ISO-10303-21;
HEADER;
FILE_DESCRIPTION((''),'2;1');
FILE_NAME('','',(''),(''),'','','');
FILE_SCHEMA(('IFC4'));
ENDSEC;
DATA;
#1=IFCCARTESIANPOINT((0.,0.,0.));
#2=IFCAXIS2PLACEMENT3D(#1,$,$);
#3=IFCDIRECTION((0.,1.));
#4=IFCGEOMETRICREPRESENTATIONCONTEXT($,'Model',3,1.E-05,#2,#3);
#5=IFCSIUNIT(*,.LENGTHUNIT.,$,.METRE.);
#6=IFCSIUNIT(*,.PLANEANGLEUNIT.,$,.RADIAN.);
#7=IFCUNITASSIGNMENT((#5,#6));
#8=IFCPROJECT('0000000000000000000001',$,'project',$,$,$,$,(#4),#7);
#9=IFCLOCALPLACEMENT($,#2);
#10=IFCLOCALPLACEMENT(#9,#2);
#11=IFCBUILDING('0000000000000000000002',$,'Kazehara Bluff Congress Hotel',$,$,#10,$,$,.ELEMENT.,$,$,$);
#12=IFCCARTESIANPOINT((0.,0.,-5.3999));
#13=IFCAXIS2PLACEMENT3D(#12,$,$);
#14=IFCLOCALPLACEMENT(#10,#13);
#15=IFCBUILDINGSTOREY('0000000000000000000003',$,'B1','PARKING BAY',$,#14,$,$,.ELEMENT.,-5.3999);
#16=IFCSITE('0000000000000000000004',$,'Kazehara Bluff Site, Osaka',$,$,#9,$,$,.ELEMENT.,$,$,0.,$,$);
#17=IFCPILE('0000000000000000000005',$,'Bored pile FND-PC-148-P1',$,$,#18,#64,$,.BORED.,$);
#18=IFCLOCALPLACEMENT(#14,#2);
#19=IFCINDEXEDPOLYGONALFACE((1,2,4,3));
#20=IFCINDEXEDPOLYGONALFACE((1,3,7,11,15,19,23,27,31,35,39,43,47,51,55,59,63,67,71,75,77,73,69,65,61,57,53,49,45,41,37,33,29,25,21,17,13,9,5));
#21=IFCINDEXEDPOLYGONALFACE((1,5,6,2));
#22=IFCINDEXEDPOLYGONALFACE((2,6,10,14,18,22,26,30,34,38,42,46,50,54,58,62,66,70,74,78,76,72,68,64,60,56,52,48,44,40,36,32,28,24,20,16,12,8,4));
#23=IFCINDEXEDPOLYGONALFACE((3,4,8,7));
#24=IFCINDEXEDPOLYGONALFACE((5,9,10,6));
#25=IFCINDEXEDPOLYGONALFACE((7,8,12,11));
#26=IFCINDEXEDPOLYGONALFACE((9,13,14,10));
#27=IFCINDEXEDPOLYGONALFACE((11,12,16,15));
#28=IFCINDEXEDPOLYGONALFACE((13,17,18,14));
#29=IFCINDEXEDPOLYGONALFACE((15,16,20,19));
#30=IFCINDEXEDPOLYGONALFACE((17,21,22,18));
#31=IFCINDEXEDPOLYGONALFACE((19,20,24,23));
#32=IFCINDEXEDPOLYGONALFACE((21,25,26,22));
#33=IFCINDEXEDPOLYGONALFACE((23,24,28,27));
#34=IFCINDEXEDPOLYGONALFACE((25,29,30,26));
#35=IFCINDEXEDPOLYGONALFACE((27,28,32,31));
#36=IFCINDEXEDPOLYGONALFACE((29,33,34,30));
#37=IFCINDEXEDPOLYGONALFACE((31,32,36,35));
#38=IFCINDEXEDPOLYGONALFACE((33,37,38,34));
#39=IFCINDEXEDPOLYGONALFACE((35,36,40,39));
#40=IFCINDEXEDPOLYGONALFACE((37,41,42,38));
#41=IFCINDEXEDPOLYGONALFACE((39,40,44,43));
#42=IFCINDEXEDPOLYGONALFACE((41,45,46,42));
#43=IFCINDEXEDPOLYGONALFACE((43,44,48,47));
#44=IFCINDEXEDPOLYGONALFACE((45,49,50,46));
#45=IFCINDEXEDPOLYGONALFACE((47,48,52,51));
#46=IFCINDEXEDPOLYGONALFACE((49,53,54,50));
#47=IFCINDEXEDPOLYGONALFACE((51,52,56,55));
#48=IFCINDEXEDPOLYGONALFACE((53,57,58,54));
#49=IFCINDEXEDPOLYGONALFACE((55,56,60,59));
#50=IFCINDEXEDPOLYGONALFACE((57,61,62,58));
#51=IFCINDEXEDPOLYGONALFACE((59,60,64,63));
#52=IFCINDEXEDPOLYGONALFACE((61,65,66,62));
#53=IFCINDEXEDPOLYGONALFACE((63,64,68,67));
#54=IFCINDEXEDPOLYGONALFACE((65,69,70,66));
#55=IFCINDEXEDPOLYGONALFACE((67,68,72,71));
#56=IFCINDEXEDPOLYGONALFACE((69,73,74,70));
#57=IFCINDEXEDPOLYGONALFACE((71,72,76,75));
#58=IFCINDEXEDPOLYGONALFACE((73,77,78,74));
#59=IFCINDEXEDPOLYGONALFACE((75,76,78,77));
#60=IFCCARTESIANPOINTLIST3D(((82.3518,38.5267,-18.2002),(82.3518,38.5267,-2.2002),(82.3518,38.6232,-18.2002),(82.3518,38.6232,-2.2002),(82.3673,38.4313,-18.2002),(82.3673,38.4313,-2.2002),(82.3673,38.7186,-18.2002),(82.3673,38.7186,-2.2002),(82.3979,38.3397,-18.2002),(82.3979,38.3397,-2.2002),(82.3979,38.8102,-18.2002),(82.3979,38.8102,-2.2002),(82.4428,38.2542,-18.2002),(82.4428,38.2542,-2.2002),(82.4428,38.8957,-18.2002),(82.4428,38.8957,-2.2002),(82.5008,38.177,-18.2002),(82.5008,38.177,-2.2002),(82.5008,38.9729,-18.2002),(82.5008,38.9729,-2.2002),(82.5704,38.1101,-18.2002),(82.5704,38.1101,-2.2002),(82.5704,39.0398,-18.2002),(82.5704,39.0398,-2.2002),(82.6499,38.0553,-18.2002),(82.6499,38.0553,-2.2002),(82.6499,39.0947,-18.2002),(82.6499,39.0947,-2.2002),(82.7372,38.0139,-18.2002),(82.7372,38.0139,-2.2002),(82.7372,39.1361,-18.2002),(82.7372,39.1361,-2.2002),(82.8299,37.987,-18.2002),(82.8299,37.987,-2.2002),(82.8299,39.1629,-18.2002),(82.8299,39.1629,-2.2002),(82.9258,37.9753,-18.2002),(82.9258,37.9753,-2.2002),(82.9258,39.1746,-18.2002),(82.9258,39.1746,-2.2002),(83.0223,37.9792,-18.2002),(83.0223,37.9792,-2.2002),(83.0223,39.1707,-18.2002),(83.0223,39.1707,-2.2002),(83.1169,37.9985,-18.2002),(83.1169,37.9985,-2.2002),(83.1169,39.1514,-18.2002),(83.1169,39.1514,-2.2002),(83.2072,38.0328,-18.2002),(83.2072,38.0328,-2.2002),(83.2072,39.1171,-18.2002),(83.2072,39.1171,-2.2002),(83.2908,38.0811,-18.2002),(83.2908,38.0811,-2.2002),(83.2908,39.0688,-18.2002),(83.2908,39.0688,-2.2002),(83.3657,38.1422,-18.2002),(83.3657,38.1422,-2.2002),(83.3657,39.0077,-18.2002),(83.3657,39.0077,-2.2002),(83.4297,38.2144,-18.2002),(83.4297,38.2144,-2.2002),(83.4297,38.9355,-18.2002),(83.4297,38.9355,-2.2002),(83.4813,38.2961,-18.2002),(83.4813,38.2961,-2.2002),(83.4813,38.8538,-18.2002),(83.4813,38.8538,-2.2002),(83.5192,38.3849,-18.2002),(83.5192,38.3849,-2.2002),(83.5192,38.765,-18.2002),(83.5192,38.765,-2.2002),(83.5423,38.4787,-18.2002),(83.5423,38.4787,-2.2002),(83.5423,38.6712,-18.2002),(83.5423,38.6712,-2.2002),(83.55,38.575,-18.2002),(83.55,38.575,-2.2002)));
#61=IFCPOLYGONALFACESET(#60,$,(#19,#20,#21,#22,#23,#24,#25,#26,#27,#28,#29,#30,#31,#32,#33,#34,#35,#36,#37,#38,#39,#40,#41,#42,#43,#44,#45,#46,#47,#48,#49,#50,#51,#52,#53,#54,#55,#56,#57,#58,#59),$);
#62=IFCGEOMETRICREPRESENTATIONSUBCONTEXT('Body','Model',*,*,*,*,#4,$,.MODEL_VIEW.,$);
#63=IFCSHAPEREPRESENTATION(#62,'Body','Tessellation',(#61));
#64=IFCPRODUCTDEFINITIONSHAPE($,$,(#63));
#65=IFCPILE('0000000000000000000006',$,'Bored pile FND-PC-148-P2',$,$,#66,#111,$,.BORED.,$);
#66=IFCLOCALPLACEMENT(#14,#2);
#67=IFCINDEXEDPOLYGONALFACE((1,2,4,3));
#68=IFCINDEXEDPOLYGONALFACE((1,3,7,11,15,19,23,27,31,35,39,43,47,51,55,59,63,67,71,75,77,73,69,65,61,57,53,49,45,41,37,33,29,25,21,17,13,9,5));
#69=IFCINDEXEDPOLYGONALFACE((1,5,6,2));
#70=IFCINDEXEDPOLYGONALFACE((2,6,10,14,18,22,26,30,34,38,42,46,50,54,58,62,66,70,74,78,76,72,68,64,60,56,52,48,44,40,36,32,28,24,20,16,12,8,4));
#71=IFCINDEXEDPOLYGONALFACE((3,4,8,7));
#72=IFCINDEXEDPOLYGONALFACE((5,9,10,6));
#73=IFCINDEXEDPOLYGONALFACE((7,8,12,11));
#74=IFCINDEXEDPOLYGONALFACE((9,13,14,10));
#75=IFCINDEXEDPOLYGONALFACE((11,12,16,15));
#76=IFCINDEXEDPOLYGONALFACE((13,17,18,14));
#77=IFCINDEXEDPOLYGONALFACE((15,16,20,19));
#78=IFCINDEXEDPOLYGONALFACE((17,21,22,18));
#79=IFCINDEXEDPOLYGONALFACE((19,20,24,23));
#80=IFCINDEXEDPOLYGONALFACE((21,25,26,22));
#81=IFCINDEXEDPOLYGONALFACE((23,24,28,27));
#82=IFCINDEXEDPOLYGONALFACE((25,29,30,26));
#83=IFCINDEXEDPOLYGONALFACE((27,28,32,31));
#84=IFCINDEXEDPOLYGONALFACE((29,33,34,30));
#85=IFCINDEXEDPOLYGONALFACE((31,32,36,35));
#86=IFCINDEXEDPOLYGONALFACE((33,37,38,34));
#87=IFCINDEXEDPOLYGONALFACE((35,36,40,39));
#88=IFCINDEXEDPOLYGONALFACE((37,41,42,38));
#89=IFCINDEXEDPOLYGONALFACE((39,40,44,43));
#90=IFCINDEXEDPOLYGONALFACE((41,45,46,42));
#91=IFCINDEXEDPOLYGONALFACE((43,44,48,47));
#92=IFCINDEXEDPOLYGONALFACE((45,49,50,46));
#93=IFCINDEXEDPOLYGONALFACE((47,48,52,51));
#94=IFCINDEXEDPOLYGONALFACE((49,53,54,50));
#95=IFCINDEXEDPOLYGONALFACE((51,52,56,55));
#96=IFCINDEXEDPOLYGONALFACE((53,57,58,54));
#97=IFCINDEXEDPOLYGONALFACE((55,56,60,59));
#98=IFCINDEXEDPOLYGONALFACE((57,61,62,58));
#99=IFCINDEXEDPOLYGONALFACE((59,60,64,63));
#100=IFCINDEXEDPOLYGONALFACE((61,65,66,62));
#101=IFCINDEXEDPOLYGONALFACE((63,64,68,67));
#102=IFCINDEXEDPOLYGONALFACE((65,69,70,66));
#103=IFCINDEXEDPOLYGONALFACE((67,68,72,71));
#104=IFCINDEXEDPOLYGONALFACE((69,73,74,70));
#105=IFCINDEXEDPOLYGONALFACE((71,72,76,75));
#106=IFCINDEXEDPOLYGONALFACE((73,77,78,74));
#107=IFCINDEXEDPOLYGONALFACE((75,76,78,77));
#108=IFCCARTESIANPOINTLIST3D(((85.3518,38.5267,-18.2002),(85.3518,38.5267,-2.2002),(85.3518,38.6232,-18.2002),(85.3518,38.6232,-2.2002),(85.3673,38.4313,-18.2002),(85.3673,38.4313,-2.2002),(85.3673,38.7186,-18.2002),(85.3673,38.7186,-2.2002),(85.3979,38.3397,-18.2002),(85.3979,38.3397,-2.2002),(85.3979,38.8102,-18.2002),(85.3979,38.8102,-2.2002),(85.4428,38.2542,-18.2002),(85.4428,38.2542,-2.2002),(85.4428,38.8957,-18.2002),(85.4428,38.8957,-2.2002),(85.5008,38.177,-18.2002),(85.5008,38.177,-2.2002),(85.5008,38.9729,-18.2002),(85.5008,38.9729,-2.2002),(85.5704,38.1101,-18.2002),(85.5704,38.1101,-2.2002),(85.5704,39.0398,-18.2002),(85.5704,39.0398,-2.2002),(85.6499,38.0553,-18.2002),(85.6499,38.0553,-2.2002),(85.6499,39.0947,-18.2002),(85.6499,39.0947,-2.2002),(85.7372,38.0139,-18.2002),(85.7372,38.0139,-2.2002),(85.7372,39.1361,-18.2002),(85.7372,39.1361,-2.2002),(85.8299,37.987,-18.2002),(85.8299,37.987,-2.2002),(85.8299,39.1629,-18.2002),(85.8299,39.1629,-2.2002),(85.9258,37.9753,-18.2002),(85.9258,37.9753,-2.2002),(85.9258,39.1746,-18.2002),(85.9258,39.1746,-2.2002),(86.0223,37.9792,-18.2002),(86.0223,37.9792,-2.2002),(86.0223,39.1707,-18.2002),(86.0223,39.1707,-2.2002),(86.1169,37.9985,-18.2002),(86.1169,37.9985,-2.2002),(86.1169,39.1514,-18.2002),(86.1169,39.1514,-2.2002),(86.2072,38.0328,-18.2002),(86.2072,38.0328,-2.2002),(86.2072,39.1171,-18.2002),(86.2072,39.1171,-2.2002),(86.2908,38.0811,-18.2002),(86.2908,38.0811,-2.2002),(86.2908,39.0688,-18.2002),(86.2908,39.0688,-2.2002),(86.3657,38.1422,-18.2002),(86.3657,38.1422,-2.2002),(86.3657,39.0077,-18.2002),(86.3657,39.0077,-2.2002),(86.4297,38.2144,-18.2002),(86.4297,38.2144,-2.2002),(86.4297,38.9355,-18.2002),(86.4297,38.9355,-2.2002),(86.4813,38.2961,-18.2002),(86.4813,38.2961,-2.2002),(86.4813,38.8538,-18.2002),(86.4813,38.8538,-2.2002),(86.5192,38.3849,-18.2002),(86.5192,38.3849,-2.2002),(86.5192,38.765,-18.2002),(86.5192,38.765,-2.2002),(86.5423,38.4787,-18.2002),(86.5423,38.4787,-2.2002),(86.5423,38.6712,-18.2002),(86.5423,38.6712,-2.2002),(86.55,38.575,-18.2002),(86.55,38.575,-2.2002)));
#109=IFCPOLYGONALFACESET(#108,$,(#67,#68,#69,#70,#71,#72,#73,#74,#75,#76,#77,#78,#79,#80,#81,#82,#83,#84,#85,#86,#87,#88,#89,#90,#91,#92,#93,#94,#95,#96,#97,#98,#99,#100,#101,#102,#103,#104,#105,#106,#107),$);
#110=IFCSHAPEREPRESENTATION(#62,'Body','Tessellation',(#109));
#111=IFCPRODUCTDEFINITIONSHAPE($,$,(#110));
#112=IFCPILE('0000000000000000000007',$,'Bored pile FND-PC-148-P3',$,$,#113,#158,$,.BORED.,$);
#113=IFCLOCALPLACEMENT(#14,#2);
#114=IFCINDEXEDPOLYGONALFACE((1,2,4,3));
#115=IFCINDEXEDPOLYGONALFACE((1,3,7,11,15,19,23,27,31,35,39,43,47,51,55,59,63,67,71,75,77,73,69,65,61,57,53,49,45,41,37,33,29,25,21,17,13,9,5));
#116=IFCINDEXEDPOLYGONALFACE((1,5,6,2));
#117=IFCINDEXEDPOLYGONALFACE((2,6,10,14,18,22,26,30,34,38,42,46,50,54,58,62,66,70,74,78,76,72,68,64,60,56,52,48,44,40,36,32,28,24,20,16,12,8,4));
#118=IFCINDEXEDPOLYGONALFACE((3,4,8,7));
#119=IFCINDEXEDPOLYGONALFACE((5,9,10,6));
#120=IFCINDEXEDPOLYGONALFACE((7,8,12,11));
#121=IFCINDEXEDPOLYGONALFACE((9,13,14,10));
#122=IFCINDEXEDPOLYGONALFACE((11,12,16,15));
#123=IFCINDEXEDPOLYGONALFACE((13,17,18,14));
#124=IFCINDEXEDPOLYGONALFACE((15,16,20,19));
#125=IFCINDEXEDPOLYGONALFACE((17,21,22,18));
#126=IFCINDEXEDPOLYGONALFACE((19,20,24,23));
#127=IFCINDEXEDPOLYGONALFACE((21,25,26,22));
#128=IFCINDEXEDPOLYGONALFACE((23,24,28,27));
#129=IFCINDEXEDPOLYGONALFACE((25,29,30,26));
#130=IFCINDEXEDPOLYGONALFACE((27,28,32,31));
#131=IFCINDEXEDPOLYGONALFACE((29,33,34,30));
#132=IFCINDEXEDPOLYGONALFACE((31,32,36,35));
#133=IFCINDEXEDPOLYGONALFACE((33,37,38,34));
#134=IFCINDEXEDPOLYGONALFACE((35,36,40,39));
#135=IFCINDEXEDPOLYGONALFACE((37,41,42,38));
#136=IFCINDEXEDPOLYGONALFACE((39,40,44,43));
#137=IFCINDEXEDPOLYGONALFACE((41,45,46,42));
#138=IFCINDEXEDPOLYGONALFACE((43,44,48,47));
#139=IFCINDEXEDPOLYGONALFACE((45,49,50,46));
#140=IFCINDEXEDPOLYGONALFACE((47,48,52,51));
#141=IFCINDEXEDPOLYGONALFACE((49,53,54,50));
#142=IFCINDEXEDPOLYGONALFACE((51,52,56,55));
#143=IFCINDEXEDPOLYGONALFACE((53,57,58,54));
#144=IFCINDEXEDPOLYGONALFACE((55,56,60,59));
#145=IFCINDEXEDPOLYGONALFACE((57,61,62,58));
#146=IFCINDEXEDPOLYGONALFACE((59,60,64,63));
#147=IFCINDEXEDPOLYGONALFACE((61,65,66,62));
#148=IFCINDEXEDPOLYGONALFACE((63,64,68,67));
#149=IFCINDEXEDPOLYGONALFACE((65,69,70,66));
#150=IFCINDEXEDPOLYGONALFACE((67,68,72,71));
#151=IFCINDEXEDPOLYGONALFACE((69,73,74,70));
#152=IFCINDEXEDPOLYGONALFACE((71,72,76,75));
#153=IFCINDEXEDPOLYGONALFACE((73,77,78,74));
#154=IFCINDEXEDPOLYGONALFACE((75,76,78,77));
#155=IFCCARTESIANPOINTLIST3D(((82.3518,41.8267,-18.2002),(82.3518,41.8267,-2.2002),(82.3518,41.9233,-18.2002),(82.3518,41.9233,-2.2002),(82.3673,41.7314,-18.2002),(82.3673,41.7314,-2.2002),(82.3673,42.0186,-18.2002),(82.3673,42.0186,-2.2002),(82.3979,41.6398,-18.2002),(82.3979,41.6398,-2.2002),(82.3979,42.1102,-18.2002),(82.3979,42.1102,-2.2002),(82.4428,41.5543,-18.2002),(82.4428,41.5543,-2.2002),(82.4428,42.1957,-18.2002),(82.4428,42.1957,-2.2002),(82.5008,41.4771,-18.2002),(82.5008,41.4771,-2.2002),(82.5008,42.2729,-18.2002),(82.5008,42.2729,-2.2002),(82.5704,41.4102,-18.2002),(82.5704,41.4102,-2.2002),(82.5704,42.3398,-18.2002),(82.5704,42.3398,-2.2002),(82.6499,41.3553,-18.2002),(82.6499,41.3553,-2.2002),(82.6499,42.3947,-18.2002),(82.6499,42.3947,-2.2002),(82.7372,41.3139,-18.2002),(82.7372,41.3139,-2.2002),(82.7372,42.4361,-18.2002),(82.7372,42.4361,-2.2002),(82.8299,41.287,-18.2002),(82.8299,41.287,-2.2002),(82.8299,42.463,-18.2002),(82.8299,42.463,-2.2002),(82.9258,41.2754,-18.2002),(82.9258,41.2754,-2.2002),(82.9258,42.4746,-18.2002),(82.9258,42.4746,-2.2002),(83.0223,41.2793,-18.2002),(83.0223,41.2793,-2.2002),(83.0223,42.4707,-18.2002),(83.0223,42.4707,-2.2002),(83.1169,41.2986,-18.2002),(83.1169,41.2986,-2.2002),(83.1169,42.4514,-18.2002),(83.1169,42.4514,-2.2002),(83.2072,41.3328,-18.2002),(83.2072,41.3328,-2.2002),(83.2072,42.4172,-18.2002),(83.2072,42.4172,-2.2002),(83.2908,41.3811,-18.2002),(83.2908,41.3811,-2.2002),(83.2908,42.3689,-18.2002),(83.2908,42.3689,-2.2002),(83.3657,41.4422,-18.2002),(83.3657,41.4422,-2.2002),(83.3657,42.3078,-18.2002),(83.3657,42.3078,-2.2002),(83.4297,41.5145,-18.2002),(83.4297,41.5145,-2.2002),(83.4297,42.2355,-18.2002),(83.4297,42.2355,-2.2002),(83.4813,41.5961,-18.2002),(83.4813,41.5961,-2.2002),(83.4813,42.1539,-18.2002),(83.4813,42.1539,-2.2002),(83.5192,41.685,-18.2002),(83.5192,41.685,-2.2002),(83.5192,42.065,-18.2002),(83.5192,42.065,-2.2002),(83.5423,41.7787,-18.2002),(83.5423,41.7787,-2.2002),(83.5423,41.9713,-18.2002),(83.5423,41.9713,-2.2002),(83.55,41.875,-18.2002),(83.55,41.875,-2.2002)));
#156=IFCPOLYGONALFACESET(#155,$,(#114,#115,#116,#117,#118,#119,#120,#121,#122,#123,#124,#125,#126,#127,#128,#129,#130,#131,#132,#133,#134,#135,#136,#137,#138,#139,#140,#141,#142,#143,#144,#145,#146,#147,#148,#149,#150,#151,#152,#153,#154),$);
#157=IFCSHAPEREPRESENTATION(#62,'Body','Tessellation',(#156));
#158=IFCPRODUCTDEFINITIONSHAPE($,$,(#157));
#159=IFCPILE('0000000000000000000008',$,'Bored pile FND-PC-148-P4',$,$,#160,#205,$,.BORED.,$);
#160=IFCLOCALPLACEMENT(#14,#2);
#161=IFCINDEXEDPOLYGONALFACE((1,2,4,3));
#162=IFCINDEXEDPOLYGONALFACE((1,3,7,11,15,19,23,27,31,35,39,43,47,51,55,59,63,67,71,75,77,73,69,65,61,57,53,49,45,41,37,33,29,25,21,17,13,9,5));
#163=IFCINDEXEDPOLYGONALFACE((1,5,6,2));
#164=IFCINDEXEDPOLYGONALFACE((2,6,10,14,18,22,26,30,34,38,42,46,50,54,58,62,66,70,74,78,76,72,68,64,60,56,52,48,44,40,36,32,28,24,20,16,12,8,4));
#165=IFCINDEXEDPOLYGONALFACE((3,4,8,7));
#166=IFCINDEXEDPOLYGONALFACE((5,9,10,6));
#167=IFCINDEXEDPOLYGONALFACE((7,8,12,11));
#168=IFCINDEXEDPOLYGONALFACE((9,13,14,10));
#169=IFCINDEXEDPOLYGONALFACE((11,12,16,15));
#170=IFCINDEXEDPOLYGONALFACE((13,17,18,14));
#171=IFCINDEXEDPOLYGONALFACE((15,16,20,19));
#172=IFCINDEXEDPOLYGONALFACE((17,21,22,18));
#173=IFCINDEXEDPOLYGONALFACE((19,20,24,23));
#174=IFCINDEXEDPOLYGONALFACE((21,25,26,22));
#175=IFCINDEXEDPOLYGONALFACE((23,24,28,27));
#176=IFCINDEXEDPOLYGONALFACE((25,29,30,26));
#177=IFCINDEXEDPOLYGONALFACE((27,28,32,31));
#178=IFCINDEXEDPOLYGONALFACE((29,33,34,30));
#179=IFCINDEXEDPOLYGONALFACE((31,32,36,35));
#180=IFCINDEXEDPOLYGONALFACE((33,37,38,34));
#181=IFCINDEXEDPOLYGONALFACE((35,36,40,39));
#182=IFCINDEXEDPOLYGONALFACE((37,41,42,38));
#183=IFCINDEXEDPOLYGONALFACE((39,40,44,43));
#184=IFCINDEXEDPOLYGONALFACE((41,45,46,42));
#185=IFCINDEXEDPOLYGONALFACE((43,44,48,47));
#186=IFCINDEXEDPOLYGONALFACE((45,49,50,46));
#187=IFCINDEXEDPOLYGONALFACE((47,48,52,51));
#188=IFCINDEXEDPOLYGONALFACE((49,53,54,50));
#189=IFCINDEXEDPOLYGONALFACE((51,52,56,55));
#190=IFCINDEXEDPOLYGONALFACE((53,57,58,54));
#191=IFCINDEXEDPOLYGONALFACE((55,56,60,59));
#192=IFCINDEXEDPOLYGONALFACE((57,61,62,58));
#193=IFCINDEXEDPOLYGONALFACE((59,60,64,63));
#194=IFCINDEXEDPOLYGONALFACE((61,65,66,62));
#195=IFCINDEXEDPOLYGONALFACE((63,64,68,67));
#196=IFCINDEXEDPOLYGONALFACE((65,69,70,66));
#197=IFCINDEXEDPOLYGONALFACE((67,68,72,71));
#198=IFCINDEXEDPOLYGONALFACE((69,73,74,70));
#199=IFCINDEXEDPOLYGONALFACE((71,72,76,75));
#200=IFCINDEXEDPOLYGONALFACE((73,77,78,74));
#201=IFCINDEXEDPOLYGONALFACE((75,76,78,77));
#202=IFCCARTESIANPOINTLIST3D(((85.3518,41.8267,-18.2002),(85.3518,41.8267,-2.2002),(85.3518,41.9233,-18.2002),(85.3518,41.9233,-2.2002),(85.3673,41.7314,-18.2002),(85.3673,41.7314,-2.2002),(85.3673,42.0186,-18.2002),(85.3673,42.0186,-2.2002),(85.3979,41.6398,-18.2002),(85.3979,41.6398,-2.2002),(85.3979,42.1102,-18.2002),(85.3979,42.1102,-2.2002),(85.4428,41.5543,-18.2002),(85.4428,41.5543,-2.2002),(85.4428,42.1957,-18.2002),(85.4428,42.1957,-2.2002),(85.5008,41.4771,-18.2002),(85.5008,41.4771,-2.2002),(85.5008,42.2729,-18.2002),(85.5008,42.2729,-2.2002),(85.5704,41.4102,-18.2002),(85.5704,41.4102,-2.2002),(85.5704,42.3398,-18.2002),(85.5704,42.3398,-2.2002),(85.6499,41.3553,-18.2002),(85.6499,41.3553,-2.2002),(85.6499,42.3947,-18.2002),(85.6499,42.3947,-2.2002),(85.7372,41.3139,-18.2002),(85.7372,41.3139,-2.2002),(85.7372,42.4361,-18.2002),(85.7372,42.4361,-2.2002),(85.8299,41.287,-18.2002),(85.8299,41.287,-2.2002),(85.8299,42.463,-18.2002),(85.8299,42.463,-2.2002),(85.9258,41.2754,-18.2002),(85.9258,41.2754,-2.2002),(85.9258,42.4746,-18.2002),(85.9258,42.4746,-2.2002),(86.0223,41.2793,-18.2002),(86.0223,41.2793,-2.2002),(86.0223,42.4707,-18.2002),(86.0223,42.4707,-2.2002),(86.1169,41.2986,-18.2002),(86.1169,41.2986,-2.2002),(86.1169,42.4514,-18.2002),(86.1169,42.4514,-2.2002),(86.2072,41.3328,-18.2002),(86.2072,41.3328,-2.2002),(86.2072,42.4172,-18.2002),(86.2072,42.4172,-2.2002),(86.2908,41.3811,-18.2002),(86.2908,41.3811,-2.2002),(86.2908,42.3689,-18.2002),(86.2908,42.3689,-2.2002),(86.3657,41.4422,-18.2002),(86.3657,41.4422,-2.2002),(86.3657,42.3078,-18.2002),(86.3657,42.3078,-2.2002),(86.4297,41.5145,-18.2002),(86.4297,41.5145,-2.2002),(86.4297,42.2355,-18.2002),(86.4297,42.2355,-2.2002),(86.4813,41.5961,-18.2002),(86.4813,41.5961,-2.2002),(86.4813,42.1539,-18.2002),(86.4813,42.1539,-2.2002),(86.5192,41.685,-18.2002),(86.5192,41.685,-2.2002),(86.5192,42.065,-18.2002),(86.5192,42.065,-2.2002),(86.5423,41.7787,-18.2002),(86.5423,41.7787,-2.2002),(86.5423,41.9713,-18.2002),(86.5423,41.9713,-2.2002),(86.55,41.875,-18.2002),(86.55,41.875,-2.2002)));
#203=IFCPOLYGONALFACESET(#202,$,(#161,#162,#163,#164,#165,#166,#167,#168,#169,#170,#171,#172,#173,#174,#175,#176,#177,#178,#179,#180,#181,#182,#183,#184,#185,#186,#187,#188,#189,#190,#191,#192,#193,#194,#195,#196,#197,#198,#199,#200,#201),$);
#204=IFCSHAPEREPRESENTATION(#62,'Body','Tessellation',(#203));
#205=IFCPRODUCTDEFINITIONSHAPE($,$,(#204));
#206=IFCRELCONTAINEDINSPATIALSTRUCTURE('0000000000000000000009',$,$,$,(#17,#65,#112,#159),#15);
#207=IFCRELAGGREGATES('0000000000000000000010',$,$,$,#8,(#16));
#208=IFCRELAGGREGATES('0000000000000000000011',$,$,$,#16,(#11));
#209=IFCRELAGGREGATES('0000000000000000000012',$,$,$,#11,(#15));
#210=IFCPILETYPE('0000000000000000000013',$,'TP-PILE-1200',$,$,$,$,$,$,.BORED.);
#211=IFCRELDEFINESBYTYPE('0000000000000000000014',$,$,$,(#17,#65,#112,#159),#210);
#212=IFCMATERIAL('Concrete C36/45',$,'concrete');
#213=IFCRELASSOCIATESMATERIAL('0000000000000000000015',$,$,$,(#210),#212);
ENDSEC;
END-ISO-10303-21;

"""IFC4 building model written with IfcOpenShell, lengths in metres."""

from ifc_helpers import new_model, si_unit, direction, frame, origin, origin_2d, place, context, subcontext, project, spatial, circle, extrude, material, material_profile, profile_set, type_object, element, save


model = new_model("IFC4")

# Units and contexts
model_context = context("Model", 3, precision=1e-05, world=origin(), true_north=direction((0.0, 1.0)))
body_context = subcontext(model_context, "Body", "Model", "MODEL_VIEW")
ifc_project = project(units=[si_unit("LENGTHUNIT", "METRE"), si_unit("PLANEANGLEUNIT", "RADIAN")], contexts=[model_context])

# Site, building, storey
site_placement = place(None, origin())
site = spatial("IfcSite", under=ifc_project, at=site_placement, Name="Kazehara Bluff Site, Osaka", CompositionType="ELEMENT", RefElevation=0.0)
building_placement = place(site_placement, origin())
building = spatial("IfcBuilding", under=site, at=building_placement, Name="Kazehara Bluff Congress Hotel", CompositionType="ELEMENT")
storey_placement = place(building_placement, frame((0.0, 0.0, -5.3999)))
storey = spatial("IfcBuildingStorey", under=building, at=storey_placement, Name="B1", Description="PARKING BAY", CompositionType="ELEMENT", Elevation=-5.3999)

# Piles
ifc_material_1 = material(Name="Concrete C36/45", Category="concrete")
ifc_material_profile_1 = material_profile(ifc_material_1, circle(Radius=0.6001, at=origin_2d()))
ifc_profile_set_1 = profile_set([ifc_material_profile_1], Name="Concrete C36/45")
pile_type = type_object("IfcPileType", Name="TP-PILE-1200", PredefinedType="BORED", material=ifc_profile_set_1)
for number, where, z_axis, x_axis, name in (
    (1, (82.95, 38.575, -2.2002), (0.0, 0.0, -1.0), (1.0, 0.0, 0.0), "Bored pile FND-PC-148-P1"),
    (2, (85.95, 38.575, -2.2002), (0.0, 0.0, -1.0), (1.0, 0.0, 0.0), "Bored pile FND-PC-148-P2"),
    (3, (82.95, 41.875, -2.2002), (0.0, 0.0, -1.0), (1.0, 0.0, 0.0), "Bored pile FND-PC-148-P3"),
    (4, (85.95, 41.875, -2.2002), (0.0, 0.0, -1.0), (1.0, 0.0, 0.0), "Bored pile FND-PC-148-P4"),
):
    element("IfcPile", number, at=place(storey_placement, frame(where, z_axis=z_axis, x_axis=x_axis)), inside=storey, type_object=pile_type, Name=name, PredefinedType="BORED", context=body_context, shape_type="SweptSolid", body=[
        extrude(circle(Radius=0.6001, at=origin_2d()), origin(), (0.0, 0.0, 1.0), 16.0),
    ])

save(model, "model.ifc")
